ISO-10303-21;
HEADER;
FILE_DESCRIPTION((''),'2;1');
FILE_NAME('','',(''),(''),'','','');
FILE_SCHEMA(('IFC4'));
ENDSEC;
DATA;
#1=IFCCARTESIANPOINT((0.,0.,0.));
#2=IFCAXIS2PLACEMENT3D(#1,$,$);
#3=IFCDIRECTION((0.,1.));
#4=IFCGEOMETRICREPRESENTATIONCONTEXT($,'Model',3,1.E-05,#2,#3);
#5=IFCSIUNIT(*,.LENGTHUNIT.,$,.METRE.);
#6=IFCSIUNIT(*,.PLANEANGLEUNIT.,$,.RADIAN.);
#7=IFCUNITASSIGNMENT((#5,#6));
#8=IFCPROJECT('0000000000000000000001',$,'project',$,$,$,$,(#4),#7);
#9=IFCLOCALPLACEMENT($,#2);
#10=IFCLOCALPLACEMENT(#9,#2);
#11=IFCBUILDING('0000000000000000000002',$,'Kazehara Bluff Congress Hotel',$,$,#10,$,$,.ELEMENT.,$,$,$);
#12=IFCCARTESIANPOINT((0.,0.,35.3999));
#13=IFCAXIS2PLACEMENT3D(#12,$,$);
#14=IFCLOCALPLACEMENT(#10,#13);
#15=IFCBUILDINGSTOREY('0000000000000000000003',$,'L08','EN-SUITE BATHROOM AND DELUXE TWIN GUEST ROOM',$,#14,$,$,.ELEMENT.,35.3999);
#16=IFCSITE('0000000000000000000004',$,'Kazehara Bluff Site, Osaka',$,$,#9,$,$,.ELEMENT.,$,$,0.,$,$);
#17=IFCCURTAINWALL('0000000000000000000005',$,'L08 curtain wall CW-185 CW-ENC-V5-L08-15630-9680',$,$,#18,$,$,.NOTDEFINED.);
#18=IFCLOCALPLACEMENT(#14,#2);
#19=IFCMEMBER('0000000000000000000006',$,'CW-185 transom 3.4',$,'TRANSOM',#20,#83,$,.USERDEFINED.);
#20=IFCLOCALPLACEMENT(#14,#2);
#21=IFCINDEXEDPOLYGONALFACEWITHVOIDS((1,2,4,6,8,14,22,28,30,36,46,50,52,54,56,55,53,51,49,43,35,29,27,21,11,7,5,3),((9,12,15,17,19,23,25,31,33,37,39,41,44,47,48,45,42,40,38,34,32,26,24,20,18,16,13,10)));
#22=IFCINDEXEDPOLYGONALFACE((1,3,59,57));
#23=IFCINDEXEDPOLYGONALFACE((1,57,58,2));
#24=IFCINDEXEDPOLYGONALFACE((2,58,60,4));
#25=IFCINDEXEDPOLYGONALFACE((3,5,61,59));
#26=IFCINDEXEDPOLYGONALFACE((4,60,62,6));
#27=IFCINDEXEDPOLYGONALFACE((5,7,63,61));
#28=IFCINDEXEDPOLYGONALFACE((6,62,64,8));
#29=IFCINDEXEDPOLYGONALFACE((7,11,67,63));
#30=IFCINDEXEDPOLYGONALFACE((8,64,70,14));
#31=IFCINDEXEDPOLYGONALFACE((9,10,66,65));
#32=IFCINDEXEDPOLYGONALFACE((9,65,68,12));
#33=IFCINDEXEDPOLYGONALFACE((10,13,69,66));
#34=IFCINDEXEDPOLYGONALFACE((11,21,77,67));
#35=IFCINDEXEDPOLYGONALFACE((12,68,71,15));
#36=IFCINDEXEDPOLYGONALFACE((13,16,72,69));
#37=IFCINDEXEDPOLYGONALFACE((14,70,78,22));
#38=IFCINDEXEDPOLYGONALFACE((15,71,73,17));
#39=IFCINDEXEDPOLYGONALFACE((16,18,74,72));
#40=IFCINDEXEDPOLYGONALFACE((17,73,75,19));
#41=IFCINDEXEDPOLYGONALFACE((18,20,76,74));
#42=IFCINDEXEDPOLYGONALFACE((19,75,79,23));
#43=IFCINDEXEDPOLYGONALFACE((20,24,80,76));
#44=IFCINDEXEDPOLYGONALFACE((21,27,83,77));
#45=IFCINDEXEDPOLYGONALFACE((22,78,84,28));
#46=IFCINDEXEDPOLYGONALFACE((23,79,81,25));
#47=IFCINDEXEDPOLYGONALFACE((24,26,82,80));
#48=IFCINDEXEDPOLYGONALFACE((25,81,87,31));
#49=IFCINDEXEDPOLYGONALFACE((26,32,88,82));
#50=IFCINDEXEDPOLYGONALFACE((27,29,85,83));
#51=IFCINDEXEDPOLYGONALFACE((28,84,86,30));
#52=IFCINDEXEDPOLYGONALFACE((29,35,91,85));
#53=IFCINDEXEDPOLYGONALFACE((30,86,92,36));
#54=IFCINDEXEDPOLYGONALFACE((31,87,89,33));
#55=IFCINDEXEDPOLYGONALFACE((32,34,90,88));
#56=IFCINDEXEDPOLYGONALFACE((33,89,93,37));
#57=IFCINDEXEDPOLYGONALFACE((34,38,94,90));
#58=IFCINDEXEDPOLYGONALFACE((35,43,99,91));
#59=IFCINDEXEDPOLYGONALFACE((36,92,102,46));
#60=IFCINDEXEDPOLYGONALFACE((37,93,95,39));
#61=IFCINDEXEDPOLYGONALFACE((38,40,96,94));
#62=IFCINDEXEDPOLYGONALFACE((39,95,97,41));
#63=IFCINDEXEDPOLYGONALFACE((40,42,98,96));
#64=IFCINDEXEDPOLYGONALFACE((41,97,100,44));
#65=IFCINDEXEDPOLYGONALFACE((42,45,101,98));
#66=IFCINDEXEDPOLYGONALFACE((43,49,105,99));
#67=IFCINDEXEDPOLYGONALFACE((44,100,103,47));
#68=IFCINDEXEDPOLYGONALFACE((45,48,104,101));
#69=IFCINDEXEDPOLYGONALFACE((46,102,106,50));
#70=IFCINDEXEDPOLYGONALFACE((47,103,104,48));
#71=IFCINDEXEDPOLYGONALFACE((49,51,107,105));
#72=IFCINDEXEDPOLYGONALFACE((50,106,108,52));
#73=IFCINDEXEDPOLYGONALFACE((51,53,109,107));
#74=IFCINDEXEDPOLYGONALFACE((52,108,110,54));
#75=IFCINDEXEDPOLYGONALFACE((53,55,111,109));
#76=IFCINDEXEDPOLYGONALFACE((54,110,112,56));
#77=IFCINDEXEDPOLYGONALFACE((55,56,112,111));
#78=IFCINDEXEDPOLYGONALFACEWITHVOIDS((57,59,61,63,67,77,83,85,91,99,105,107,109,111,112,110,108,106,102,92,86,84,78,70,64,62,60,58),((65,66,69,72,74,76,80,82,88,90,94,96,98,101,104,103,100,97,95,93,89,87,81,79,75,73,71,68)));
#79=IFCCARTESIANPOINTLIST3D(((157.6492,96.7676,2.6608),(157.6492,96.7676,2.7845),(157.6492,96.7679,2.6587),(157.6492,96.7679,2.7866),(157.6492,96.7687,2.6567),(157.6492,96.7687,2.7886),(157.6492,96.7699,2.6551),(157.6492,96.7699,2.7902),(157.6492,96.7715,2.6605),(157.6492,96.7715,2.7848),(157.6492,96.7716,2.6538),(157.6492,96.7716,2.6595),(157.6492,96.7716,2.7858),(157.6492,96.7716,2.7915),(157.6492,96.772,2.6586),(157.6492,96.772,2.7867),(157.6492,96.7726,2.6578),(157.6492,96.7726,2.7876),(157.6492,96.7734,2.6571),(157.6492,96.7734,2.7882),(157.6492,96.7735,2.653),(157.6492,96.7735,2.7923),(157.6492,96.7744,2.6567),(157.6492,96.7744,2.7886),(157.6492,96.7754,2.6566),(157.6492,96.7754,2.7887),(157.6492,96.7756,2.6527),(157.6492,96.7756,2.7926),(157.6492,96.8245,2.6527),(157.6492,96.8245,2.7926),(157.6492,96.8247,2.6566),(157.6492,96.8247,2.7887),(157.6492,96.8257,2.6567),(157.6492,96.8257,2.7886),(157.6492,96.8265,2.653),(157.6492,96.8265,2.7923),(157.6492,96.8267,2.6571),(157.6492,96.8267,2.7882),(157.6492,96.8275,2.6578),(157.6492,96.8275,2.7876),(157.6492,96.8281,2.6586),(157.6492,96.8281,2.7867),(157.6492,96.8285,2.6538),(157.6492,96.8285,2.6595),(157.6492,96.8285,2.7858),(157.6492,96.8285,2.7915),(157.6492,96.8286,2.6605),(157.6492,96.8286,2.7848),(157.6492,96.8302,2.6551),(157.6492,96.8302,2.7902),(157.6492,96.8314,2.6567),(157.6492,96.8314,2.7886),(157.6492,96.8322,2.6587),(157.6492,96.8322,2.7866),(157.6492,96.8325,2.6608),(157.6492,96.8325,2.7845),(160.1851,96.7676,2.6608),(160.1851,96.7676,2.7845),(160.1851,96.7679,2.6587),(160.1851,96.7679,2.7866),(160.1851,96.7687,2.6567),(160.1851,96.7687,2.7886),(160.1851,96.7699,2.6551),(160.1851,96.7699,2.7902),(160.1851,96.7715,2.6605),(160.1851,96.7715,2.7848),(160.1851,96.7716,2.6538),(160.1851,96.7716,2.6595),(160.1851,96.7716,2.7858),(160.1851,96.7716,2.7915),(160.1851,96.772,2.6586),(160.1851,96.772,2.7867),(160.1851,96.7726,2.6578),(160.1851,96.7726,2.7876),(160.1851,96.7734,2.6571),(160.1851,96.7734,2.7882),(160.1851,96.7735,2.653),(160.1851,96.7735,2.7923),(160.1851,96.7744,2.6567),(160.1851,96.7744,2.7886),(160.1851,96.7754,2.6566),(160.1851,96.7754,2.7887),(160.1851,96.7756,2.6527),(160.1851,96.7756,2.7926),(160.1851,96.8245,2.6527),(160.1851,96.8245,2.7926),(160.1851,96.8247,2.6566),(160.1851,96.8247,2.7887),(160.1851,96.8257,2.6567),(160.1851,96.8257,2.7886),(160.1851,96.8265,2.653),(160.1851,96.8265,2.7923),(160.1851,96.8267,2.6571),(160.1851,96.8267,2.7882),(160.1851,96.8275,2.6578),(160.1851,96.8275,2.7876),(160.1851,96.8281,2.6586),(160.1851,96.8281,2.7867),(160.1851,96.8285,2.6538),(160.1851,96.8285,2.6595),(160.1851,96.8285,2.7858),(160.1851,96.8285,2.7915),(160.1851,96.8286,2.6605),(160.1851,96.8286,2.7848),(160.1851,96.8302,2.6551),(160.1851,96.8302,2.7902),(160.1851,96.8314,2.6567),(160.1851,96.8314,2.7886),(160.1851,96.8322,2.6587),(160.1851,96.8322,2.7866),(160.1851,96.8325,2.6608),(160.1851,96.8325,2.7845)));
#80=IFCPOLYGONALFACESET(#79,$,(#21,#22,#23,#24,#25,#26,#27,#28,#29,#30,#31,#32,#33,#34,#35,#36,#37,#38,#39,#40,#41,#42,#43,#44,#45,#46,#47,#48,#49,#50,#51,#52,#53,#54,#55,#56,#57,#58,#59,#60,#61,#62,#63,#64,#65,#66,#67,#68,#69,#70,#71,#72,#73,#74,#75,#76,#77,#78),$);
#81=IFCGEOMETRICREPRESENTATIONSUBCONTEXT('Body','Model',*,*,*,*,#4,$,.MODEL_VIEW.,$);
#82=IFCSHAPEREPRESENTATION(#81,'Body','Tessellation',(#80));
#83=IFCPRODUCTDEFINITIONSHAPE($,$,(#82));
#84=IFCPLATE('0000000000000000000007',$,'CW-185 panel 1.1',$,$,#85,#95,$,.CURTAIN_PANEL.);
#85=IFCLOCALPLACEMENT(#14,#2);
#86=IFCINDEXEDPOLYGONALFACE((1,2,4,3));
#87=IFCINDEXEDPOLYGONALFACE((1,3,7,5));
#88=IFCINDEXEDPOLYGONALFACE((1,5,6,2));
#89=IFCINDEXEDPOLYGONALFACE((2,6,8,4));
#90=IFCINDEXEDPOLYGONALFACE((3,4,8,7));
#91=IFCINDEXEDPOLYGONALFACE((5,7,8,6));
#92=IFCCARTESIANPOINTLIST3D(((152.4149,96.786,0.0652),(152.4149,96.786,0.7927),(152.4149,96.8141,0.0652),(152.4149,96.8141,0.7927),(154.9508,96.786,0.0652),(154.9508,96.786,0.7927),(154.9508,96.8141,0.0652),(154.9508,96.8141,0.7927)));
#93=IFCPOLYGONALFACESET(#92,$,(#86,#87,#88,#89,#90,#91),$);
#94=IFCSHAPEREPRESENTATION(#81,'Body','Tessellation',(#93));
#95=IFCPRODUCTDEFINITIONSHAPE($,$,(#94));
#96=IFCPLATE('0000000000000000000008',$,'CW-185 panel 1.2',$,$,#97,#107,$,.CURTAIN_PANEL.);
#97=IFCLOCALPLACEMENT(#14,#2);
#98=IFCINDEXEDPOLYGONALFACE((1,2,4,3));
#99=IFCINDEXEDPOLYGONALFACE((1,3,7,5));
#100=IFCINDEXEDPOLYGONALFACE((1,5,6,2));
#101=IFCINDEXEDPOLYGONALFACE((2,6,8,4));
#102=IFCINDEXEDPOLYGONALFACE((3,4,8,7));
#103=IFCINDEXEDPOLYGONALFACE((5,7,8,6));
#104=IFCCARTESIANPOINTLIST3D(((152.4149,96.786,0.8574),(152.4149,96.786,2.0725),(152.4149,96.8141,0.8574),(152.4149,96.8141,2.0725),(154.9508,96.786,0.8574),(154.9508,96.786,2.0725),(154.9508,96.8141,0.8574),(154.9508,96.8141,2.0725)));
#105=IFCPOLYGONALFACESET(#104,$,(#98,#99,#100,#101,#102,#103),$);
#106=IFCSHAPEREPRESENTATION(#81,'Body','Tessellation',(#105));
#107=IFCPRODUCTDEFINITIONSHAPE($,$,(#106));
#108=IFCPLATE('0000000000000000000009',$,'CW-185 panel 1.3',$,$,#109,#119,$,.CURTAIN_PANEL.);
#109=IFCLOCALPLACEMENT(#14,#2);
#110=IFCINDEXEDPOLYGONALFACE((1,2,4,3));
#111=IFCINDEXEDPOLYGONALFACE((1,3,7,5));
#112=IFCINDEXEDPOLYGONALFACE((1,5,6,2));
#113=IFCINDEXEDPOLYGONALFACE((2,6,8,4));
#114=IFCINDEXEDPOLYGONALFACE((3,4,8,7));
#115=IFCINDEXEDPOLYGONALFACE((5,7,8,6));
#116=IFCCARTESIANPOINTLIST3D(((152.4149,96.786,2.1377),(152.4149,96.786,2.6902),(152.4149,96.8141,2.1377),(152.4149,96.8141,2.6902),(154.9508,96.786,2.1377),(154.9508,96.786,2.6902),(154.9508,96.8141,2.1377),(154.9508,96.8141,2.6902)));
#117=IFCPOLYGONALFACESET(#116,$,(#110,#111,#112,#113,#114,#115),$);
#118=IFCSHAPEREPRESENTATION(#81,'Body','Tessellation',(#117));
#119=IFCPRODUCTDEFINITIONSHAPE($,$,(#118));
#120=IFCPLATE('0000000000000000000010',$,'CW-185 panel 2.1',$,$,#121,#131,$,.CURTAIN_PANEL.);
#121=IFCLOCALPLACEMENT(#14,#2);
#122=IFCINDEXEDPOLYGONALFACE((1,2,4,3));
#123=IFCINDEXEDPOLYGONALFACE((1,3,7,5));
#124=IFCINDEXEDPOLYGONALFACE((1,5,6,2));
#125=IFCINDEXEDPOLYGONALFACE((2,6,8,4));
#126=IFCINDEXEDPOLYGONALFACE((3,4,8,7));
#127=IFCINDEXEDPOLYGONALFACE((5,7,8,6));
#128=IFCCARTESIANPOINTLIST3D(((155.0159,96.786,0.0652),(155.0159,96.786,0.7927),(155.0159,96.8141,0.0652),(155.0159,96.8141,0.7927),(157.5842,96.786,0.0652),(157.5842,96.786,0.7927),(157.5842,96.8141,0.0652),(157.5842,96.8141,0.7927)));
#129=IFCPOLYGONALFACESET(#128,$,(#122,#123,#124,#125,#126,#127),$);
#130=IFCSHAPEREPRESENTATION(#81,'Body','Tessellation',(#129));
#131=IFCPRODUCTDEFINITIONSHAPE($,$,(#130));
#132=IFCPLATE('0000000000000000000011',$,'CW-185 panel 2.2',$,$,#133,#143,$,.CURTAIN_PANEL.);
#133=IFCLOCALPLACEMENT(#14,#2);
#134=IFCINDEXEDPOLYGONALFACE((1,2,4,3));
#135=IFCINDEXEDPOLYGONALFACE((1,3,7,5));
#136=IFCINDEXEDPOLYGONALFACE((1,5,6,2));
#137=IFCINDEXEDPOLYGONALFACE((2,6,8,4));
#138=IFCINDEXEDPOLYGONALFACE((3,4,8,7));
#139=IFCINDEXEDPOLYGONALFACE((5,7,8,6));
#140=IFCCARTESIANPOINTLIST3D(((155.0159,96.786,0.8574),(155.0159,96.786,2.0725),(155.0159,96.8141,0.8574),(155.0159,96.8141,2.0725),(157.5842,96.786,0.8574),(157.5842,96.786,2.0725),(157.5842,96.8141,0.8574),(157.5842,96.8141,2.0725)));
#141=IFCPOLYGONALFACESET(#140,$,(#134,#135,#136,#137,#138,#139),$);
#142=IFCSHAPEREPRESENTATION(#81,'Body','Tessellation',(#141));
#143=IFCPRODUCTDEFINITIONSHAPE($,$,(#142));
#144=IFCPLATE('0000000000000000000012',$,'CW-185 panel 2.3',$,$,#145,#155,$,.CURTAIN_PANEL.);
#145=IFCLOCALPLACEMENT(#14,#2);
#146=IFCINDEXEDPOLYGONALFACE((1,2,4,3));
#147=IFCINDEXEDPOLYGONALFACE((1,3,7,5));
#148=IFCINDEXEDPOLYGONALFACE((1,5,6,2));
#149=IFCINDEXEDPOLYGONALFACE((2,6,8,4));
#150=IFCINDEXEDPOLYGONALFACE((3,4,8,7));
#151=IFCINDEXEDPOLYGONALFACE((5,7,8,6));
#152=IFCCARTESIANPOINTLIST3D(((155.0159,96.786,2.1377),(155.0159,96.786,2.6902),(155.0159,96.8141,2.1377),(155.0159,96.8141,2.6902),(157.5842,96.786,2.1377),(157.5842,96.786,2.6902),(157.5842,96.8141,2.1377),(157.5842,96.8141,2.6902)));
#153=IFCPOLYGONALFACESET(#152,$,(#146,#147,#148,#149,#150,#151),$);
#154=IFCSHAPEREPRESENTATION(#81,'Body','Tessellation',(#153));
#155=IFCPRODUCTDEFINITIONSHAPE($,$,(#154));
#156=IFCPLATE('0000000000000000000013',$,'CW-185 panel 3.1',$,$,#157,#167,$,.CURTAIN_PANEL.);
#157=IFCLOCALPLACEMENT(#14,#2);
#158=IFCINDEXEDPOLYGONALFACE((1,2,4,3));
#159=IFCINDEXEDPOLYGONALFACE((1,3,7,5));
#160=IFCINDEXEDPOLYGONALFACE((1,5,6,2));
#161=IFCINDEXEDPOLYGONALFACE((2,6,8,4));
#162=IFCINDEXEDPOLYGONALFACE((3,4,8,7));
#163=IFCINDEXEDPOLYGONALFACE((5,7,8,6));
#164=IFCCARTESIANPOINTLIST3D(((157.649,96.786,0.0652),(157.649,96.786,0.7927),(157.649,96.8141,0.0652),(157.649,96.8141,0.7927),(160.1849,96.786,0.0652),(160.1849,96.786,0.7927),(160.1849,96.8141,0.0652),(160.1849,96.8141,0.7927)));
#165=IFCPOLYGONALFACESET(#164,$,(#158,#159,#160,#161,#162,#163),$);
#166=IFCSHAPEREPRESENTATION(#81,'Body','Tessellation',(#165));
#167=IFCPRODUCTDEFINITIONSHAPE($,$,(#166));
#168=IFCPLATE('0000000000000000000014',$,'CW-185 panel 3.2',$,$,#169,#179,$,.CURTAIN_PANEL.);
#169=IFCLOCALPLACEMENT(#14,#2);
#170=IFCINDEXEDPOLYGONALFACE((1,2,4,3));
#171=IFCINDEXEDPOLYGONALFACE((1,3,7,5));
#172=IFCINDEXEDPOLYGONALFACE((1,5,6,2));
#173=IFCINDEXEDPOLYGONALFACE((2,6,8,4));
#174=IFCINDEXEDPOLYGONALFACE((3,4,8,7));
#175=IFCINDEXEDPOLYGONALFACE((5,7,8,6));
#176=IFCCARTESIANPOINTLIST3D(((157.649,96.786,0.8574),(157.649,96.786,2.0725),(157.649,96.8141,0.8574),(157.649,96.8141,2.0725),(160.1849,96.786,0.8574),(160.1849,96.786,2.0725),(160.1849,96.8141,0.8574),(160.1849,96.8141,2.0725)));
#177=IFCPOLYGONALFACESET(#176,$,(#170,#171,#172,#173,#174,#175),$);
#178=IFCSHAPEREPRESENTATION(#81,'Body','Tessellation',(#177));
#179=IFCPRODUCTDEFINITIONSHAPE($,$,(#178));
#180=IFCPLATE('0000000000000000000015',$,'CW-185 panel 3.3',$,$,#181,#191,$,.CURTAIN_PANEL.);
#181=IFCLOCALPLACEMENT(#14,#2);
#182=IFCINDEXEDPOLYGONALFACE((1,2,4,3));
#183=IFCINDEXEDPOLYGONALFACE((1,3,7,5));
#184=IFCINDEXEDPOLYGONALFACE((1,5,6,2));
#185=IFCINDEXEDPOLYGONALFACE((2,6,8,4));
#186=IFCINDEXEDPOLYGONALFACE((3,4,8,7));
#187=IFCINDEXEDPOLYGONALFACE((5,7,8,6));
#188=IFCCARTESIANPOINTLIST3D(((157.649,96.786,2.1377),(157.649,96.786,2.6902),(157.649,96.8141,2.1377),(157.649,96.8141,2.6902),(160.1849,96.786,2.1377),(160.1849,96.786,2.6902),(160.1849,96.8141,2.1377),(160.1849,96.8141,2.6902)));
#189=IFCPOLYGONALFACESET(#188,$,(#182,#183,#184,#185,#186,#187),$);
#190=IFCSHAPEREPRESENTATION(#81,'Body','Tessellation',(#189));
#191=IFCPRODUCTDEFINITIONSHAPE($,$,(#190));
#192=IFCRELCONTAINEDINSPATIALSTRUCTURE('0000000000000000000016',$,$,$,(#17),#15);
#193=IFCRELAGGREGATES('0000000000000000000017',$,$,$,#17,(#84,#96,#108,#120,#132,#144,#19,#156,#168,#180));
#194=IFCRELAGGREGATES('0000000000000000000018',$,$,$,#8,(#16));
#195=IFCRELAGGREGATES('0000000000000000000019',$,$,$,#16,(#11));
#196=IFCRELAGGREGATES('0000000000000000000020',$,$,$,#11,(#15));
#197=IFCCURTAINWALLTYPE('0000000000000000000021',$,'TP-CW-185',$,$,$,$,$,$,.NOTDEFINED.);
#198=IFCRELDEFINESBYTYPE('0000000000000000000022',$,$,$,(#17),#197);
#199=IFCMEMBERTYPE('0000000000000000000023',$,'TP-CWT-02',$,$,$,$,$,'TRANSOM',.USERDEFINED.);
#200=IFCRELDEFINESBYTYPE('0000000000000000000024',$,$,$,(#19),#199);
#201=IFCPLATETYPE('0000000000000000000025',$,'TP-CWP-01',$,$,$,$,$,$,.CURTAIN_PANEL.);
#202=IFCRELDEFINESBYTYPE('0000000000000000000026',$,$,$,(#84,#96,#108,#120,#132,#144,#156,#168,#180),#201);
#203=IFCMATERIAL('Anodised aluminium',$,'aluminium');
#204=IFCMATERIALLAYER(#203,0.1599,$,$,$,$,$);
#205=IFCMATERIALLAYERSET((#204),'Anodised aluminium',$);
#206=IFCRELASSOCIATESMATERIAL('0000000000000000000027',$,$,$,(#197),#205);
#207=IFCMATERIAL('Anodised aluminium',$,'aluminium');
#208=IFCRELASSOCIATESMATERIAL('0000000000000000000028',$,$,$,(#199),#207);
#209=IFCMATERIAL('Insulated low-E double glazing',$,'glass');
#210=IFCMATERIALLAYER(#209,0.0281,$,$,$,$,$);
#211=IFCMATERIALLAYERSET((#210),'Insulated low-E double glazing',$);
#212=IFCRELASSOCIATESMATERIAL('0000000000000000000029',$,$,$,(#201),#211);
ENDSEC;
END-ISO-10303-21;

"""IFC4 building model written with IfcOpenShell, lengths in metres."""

from ifc_helpers import new_model, si_unit, direction, frame, origin, origin_2d, place, context, subcontext, project, spatial, rectangle, hollow_rectangle, extrude, material, layer, layer_set, material_profile, profile_set, type_object, element, aggregate, save


model = new_model("IFC4")

# Units and contexts
model_context = context("Model", 3, precision=1e-05, world=origin(), true_north=direction((0.0, 1.0)))
body_context = subcontext(model_context, "Body", "Model", "MODEL_VIEW")
ifc_project = project(units=[si_unit("LENGTHUNIT", "METRE"), si_unit("PLANEANGLEUNIT", "RADIAN")], contexts=[model_context])

# Site, building, storey
site_placement = place(None, origin())
site = spatial("IfcSite", under=ifc_project, at=site_placement, Name="Kazehara Bluff Site, Osaka", CompositionType="ELEMENT", RefElevation=0.0)
building_placement = place(site_placement, origin())
building = spatial("IfcBuilding", under=site, at=building_placement, Name="Kazehara Bluff Congress Hotel", CompositionType="ELEMENT")
storey_placement = place(building_placement, frame((0.0, 0.0, 35.3999)))
storey = spatial("IfcBuildingStorey", under=building, at=storey_placement, Name="L08", Description="EN-SUITE BATHROOM AND DELUXE TWIN GUEST ROOM", CompositionType="ELEMENT", Elevation=35.3999)

# Curtain wall, member, plates
ifc_material_1 = material(Name="Anodised aluminium", Category="aluminium")
ifc_layer_1 = layer(ifc_material_1, 0.1599)
ifc_layer_set_1 = layer_set([ifc_layer_1], Name="Anodised aluminium")
curtain_wall_type = type_object("IfcCurtainWallType", Name="TP-CW-185", PredefinedType="NOTDEFINED", material=ifc_layer_set_1)
curtain_wall_placement = place(storey_placement, origin())
curtain_wall = element("IfcCurtainWall", 1, at=curtain_wall_placement, inside=storey, type_object=curtain_wall_type, Name="L08 curtain wall CW-185 CW-ENC-V5-L08-15630-9680", PredefinedType="NOTDEFINED")
ifc_material_2 = material(Name="Anodised aluminium", Category="aluminium")
ifc_material_profile_1 = material_profile(ifc_material_2, hollow_rectangle(XDim=0.0649, YDim=0.1399, WallThickness=0.0039, InnerFilletRadius=0.0039, OuterFilletRadius=0.0081, at=origin_2d()))
ifc_profile_set_1 = profile_set([ifc_material_profile_1], Name="Anodised aluminium")
member_type_1 = type_object("IfcMemberType", Name="TP-CWT-02", ElementType="TRANSOM", PredefinedType="USERDEFINED", material=ifc_profile_set_1)
member_1_placement = place(storey_placement, frame((157.6492, 96.8, 2.7227), z_axis=(1.0, 0.0, 0.0), x_axis=(0.0, 1.0, 0.0)))
member_1 = element("IfcMember", 2, at=member_1_placement, type_object=member_type_1, Name="CW-185 transom 3.4", ObjectType="TRANSOM", PredefinedType="USERDEFINED", context=body_context, shape_type="SweptSolid", body=[
    extrude(hollow_rectangle(XDim=0.0649, YDim=0.1399, WallThickness=0.0039, InnerFilletRadius=0.0039, OuterFilletRadius=0.0081, at=origin_2d()), origin(), (0.0, 0.0, 1.0), 2.5359),
])
ifc_material_3 = material(Name="Insulated low-E double glazing", Category="glass")
ifc_layer_2 = layer(ifc_material_3, 0.0281)
ifc_layer_set_2 = layer_set([ifc_layer_2], Name="Insulated low-E double glazing")
plate_type = type_object("IfcPlateType", Name="TP-CWP-01", PredefinedType="CURTAIN_PANEL", material=ifc_layer_set_2)
plate_1_placement = place(storey_placement, frame((153.6829, 96.8, 0.0652), z_axis=(0.0, 0.0, 1.0), x_axis=(1.0, 0.0, 0.0)))
plate_1 = element("IfcPlate", 3, at=plate_1_placement, type_object=plate_type, Name="CW-185 panel 1.1", PredefinedType="CURTAIN_PANEL", context=body_context, shape_type="SweptSolid", body=[
    extrude(rectangle(XDim=2.5359, YDim=0.0281, at=origin_2d()), origin(), (0.0, 0.0, 1.0), 0.7275),
])
plate_2_placement = place(storey_placement, frame((153.6829, 96.8, 0.8574), z_axis=(0.0, 0.0, 1.0), x_axis=(1.0, 0.0, 0.0)))
plate_2 = element("IfcPlate", 4, at=plate_2_placement, type_object=plate_type, Name="CW-185 panel 1.2", PredefinedType="CURTAIN_PANEL", context=body_context, shape_type="SweptSolid", body=[
    extrude(rectangle(XDim=2.5359, YDim=0.0281, at=origin_2d()), origin(), (0.0, 0.0, 1.0), 1.2151),
])
plate_3_placement = place(storey_placement, frame((153.6829, 96.8, 2.1377), z_axis=(0.0, 0.0, 1.0), x_axis=(1.0, 0.0, 0.0)))
plate_3 = element("IfcPlate", 5, at=plate_3_placement, type_object=plate_type, Name="CW-185 panel 1.3", PredefinedType="CURTAIN_PANEL", context=body_context, shape_type="SweptSolid", body=[
    extrude(rectangle(XDim=2.5359, YDim=0.0281, at=origin_2d()), origin(), (0.0, 0.0, 1.0), 0.5525),
])
plate_4_placement = place(storey_placement, frame((156.3, 96.8, 0.0652), z_axis=(0.0, 0.0, 1.0), x_axis=(1.0, 0.0, 0.0)))
plate_4 = element("IfcPlate", 6, at=plate_4_placement, type_object=plate_type, Name="CW-185 panel 2.1", PredefinedType="CURTAIN_PANEL", context=body_context, shape_type="SweptSolid", body=[
    extrude(rectangle(XDim=2.5684, YDim=0.0281, at=origin_2d()), origin(), (0.0, 0.0, 1.0), 0.7275),
])
plate_5_placement = place(storey_placement, frame((156.3, 96.8, 0.8574), z_axis=(0.0, 0.0, 1.0), x_axis=(1.0, 0.0, 0.0)))
plate_5 = element("IfcPlate", 7, at=plate_5_placement, type_object=plate_type, Name="CW-185 panel 2.2", PredefinedType="CURTAIN_PANEL", context=body_context, shape_type="SweptSolid", body=[
    extrude(rectangle(XDim=2.5684, YDim=0.0281, at=origin_2d()), origin(), (0.0, 0.0, 1.0), 1.2151),
])
plate_6_placement = place(storey_placement, frame((156.3, 96.8, 2.1377), z_axis=(0.0, 0.0, 1.0), x_axis=(1.0, 0.0, 0.0)))
plate_6 = element("IfcPlate", 8, at=plate_6_placement, type_object=plate_type, Name="CW-185 panel 2.3", PredefinedType="CURTAIN_PANEL", context=body_context, shape_type="SweptSolid", body=[
    extrude(rectangle(XDim=2.5684, YDim=0.0281, at=origin_2d()), origin(), (0.0, 0.0, 1.0), 0.5525),
])
plate_7_placement = place(storey_placement, frame((158.917, 96.8, 0.0652), z_axis=(0.0, 0.0, 1.0), x_axis=(1.0, 0.0, 0.0)))
plate_7 = element("IfcPlate", 9, at=plate_7_placement, type_object=plate_type, Name="CW-185 panel 3.1", PredefinedType="CURTAIN_PANEL", context=body_context, shape_type="SweptSolid", body=[
    extrude(rectangle(XDim=2.5359, YDim=0.0281, at=origin_2d()), origin(), (0.0, 0.0, 1.0), 0.7275),
])
plate_8_placement = place(storey_placement, frame((158.917, 96.8, 0.8574), z_axis=(0.0, 0.0, 1.0), x_axis=(1.0, 0.0, 0.0)))
plate_8 = element("IfcPlate", 10, at=plate_8_placement, type_object=plate_type, Name="CW-185 panel 3.2", PredefinedType="CURTAIN_PANEL", context=body_context, shape_type="SweptSolid", body=[
    extrude(rectangle(XDim=2.5359, YDim=0.0281, at=origin_2d()), origin(), (0.0, 0.0, 1.0), 1.2151),
])
plate_9_placement = place(storey_placement, frame((158.917, 96.8, 2.1377), z_axis=(0.0, 0.0, 1.0), x_axis=(1.0, 0.0, 0.0)))
plate_9 = element("IfcPlate", 11, at=plate_9_placement, type_object=plate_type, Name="CW-185 panel 3.3", PredefinedType="CURTAIN_PANEL", context=body_context, shape_type="SweptSolid", body=[
    extrude(rectangle(XDim=2.5359, YDim=0.0281, at=origin_2d()), origin(), (0.0, 0.0, 1.0), 0.5525),
])
aggregate(curtain_wall, [plate_1, plate_2, plate_3, plate_4, plate_5, plate_6, member_1, plate_7, plate_8, plate_9])

save(model, "model.ifc")
